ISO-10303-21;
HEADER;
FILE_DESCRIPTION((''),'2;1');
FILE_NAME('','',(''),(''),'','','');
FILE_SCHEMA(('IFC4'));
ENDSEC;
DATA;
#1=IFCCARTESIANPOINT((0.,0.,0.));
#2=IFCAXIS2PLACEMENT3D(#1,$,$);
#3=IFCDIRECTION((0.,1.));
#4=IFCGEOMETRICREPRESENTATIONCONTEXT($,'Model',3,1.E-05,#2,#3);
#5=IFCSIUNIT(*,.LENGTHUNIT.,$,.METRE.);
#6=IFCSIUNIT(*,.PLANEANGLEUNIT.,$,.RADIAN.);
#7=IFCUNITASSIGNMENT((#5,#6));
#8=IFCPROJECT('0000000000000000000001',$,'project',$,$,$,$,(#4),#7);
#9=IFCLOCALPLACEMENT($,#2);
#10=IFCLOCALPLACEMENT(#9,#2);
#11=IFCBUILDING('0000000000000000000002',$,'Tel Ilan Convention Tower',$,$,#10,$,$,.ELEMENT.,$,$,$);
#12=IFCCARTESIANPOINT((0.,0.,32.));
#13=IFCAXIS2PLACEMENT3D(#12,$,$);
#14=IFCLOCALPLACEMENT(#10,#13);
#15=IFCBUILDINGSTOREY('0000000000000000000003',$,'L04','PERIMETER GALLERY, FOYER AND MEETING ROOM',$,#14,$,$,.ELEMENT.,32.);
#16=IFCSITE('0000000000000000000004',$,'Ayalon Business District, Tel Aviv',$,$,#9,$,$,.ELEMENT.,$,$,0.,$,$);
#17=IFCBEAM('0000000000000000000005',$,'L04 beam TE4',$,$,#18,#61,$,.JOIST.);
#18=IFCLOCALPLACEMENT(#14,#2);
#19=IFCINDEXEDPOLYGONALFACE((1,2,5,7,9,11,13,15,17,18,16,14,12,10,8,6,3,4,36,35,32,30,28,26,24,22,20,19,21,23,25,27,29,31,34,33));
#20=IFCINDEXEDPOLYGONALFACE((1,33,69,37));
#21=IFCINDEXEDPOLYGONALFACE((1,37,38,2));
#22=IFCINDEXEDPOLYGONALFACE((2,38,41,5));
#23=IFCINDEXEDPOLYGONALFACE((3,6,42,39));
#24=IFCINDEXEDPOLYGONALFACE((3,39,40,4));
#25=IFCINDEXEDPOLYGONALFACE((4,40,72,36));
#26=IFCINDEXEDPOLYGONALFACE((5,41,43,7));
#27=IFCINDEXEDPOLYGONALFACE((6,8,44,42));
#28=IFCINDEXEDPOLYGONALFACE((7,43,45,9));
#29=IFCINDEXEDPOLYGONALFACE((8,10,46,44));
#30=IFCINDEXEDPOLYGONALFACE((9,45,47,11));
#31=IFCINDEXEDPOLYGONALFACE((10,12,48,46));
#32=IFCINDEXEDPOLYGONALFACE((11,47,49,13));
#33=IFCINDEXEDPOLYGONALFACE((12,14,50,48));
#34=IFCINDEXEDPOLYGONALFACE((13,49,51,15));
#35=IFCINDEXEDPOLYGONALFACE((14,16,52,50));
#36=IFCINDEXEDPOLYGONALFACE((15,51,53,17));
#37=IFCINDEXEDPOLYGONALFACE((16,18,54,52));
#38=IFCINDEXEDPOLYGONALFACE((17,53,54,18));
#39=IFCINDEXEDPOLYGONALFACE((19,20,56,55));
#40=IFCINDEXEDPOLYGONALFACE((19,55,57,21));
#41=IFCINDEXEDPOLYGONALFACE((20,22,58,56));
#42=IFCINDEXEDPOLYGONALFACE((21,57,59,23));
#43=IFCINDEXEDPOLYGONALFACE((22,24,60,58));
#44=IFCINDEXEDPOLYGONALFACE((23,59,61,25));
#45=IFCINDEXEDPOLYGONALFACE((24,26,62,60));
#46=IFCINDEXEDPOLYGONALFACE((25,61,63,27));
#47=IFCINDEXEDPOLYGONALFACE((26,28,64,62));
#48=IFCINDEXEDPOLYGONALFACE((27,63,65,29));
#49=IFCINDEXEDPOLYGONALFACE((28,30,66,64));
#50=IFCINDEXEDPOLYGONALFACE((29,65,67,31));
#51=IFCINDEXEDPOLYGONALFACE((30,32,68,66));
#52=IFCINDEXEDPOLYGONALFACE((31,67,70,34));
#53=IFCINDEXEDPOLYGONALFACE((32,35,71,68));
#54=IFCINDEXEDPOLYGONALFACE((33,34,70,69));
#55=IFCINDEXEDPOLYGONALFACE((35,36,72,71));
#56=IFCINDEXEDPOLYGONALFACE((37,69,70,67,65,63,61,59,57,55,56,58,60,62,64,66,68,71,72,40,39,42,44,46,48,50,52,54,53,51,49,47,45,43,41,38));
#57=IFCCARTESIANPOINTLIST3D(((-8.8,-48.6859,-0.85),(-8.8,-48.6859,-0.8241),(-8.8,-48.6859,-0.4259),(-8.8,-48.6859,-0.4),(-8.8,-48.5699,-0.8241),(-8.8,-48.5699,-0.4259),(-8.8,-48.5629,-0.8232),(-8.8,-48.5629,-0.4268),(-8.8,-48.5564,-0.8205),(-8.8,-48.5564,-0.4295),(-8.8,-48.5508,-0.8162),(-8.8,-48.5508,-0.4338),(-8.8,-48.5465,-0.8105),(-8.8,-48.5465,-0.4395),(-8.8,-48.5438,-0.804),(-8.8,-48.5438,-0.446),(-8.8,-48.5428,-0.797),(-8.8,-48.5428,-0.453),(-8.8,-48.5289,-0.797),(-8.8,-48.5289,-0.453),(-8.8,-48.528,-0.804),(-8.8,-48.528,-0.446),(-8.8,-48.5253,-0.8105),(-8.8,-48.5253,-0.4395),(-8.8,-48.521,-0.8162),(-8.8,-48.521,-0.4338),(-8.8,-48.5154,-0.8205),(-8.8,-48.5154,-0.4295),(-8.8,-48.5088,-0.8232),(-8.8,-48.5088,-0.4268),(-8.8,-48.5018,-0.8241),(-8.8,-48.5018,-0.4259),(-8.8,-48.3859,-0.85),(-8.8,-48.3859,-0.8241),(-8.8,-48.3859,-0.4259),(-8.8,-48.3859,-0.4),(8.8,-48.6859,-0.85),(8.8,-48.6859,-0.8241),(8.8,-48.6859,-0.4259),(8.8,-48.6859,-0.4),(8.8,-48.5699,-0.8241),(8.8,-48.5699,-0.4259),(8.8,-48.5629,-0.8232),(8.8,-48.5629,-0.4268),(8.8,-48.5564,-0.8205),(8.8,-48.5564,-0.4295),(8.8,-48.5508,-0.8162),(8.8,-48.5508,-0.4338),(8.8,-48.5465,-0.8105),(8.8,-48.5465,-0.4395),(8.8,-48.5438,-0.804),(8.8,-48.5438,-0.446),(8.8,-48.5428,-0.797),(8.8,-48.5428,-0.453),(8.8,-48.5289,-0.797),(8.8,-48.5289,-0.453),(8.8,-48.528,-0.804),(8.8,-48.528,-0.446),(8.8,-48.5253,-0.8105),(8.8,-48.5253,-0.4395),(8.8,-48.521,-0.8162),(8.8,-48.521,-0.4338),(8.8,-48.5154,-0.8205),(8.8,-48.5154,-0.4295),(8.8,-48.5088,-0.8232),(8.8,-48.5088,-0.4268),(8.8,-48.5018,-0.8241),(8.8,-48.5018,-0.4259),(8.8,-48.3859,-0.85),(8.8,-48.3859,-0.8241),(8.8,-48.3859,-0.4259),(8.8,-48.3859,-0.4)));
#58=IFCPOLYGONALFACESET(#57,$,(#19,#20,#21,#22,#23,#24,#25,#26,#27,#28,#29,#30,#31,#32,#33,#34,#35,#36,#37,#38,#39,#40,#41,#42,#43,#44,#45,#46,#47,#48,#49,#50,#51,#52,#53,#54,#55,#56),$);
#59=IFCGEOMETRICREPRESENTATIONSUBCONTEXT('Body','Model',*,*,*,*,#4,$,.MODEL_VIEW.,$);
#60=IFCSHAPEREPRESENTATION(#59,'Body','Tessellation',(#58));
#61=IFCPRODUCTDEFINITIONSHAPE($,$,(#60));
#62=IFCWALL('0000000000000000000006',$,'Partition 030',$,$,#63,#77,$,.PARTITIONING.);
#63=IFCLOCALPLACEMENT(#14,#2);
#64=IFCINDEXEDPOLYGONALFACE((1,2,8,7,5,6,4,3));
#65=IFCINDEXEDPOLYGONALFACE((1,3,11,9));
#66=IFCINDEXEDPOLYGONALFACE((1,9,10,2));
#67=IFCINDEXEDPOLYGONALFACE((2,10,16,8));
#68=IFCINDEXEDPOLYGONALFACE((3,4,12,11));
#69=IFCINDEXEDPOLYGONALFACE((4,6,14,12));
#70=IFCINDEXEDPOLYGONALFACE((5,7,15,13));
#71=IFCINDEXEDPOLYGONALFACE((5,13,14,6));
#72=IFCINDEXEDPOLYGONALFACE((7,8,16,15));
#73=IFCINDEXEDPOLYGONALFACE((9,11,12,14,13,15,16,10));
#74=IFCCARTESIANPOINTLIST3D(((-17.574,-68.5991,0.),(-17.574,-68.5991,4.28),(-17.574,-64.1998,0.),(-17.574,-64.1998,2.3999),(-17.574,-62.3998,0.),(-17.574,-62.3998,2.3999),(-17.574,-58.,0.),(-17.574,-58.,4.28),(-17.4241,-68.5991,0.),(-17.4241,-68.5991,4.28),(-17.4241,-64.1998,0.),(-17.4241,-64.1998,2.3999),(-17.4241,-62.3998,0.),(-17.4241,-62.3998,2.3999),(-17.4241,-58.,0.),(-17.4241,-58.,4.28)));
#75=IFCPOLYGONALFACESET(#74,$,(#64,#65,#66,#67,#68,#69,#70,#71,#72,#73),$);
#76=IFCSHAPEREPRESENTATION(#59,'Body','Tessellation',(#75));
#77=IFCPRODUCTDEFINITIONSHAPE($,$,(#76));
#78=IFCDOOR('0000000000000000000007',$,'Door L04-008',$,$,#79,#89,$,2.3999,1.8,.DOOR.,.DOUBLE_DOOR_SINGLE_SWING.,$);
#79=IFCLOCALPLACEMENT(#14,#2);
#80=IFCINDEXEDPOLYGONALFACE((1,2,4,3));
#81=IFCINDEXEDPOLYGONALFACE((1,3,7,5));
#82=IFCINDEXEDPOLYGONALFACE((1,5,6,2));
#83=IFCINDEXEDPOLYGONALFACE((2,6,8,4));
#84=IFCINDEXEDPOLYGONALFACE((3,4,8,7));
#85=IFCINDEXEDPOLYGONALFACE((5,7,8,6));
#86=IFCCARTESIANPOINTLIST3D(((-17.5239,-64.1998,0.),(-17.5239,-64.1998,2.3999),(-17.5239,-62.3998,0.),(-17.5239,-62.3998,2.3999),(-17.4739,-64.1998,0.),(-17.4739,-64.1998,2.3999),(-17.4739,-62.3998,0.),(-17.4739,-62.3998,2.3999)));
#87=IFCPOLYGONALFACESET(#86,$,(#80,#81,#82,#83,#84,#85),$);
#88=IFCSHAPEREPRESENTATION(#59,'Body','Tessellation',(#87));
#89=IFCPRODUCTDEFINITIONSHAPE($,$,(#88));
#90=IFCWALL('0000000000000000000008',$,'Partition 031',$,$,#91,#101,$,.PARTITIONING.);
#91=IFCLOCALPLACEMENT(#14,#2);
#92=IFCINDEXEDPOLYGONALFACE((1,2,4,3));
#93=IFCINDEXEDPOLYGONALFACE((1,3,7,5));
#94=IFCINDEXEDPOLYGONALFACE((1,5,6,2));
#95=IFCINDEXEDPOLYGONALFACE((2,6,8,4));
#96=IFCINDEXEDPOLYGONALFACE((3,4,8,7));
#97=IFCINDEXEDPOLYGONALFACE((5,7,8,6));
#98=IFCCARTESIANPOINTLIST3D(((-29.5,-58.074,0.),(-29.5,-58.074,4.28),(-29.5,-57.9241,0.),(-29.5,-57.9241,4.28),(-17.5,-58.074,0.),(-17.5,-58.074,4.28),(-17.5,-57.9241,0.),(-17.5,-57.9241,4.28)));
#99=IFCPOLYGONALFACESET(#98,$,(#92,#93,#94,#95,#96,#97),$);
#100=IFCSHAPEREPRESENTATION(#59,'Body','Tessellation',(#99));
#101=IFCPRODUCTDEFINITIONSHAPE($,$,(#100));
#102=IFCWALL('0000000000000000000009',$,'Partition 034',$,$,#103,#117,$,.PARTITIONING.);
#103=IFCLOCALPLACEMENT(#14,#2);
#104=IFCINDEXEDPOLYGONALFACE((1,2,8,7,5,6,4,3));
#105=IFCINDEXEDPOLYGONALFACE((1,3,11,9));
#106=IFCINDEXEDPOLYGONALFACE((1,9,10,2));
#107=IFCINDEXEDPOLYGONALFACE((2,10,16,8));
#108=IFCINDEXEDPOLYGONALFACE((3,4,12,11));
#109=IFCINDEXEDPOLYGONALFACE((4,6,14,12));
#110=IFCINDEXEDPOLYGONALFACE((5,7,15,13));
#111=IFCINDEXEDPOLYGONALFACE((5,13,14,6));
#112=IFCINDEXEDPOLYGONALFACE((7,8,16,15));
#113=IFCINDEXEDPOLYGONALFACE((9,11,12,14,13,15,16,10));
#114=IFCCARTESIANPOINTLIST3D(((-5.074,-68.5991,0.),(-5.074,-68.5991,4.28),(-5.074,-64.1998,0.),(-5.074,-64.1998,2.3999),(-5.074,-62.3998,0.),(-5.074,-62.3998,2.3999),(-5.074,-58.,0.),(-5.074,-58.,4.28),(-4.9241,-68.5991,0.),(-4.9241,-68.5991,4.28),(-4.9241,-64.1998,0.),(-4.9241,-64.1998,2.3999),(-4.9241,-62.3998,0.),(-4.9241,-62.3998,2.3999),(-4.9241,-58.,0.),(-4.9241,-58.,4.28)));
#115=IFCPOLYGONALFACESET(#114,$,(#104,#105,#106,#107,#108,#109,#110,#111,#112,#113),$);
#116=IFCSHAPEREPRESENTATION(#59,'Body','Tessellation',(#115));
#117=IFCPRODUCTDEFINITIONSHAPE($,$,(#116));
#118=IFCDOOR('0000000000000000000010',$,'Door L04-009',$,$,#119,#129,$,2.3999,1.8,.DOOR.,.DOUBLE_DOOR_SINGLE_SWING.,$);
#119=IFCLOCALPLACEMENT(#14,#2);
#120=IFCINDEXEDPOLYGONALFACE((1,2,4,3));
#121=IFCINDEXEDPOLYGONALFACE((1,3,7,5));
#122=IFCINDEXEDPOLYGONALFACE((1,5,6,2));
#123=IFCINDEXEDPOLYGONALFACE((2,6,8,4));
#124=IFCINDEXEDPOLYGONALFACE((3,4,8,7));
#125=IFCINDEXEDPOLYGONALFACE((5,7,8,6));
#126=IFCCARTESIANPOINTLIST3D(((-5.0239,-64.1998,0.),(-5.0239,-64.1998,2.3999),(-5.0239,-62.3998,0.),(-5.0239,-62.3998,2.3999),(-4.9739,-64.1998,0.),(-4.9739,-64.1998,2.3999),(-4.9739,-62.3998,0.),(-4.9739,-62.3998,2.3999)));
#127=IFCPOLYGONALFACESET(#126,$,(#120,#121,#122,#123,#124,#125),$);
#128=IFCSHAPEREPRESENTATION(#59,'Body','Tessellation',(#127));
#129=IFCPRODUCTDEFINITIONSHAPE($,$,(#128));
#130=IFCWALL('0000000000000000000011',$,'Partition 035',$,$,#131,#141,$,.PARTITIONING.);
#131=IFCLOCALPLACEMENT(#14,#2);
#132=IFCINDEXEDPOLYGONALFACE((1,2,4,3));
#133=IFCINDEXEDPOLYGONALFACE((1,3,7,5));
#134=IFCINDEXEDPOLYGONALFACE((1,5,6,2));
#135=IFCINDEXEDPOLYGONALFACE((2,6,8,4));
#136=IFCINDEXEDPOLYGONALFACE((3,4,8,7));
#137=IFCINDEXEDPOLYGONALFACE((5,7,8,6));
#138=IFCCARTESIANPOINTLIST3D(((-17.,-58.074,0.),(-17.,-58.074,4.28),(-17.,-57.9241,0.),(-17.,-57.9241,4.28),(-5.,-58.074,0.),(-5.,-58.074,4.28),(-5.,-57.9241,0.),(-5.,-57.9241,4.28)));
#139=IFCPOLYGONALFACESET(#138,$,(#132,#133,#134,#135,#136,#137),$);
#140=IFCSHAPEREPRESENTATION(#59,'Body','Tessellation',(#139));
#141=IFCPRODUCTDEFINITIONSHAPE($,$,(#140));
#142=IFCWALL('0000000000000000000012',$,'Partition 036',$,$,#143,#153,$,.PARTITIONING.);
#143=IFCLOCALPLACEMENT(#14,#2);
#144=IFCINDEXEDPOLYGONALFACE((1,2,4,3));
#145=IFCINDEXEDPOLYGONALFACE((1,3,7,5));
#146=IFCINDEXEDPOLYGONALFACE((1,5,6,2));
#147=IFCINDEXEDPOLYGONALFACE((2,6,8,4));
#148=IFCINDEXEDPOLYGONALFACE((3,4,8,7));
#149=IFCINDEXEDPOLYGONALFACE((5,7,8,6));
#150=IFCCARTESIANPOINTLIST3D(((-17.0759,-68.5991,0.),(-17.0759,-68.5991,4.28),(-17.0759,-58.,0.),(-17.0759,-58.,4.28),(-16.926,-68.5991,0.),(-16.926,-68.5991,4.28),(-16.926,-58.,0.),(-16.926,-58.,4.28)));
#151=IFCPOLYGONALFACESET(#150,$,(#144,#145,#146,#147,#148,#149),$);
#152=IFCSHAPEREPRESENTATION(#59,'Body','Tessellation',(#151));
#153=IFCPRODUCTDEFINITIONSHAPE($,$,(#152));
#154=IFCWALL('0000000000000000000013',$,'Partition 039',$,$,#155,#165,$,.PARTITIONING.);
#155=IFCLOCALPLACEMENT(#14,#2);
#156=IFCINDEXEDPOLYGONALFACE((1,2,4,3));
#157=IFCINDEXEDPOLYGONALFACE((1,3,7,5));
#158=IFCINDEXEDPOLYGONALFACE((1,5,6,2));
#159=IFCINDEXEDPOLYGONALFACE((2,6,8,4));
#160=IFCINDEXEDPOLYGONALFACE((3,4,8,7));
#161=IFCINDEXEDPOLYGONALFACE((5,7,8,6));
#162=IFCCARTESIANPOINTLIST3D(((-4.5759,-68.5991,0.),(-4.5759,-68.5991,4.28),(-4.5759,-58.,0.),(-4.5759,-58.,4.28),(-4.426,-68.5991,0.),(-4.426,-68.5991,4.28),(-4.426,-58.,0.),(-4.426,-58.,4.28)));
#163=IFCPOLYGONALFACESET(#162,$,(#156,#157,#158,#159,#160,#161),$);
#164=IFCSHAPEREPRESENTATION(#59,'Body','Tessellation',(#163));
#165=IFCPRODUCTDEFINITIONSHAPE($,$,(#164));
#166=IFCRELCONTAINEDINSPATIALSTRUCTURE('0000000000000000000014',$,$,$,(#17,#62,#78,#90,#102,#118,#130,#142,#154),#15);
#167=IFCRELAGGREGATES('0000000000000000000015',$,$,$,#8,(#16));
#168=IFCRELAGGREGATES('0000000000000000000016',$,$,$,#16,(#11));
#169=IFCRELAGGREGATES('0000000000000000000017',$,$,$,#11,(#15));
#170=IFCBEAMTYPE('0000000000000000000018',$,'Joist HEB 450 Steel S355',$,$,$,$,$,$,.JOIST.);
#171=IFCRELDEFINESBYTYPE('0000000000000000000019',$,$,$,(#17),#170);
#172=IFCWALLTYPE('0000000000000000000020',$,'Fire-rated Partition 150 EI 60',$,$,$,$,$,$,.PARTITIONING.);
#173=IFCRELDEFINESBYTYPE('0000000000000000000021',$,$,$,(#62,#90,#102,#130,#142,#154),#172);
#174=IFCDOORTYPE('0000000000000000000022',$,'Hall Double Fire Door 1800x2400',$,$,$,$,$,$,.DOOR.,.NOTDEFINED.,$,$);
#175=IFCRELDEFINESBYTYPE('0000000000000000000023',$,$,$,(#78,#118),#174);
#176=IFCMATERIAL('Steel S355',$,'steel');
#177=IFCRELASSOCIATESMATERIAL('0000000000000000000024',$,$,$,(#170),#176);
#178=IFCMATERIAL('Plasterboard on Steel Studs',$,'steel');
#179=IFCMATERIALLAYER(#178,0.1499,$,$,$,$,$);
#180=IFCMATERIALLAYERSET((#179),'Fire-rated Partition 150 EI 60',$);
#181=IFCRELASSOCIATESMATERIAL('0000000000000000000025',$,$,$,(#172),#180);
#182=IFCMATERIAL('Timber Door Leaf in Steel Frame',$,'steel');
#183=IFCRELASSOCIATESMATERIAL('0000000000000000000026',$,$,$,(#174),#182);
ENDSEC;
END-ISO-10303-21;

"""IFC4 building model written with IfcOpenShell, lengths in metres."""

from ifc_helpers import new_model, si_unit, direction, frame, frame_2d, origin, origin_2d, place, context, subcontext, project, spatial, rectangle, i_section, extrude, material, layer, layer_set, material_profile, profile_set, type_object, element, fill, save


model = new_model("IFC4")

# Units and contexts
model_context = context("Model", 3, precision=1e-05, world=origin(), true_north=direction((0.0, 1.0)))
body_context = subcontext(model_context, "Body", "Model", "MODEL_VIEW")
ifc_project = project(units=[si_unit("LENGTHUNIT", "METRE"), si_unit("PLANEANGLEUNIT", "RADIAN")], contexts=[model_context])

# Site, building, storey
site_placement = place(None, origin())
site = spatial("IfcSite", under=ifc_project, at=site_placement, Name="Ayalon Business District, Tel Aviv", CompositionType="ELEMENT", RefElevation=0.0)
building_placement = place(site_placement, origin())
building = spatial("IfcBuilding", under=site, at=building_placement, Name="Tel Ilan Convention Tower", CompositionType="ELEMENT")
storey_placement = place(building_placement, frame((0.0, 0.0, 32.0)))
storey = spatial("IfcBuildingStorey", under=building, at=storey_placement, Name="L04", Description="PERIMETER GALLERY, FOYER AND MEETING ROOM", CompositionType="ELEMENT", Elevation=32.0)

# Beam
ifc_material_1 = material(Name="Steel S355", Category="steel")
ifc_material_profile_1 = material_profile(ifc_material_1, i_section(OverallWidth=0.3, OverallDepth=0.45, WebThickness=0.0139, FlangeThickness=0.0259, FilletRadius=0.0271, at=origin_2d()), Name="HEB 450")
ifc_profile_set_1 = profile_set([ifc_material_profile_1], Name="Steel S355")
beam_type_1 = type_object("IfcBeamType", Name="Joist HEB 450 Steel S355", PredefinedType="JOIST", material=ifc_profile_set_1)
beam_1_placement = place(storey_placement, frame((-8.8, -48.5359, -0.625), z_axis=(1.0, 0.0, 0.0), x_axis=(0.0, 1.0, 0.0)))
element("IfcBeam", 1, at=beam_1_placement, inside=storey, type_object=beam_type_1, Name="L04 beam TE4", PredefinedType="JOIST", context=body_context, shape_type="SweptSolid", body=[
    extrude(i_section(OverallWidth=0.3, OverallDepth=0.45, WebThickness=0.0139, FlangeThickness=0.0259, FilletRadius=0.0271, at=origin_2d()), origin(), (0.0, 0.0, 1.0), 17.6001),
])

# Wall, opening, door
ifc_material_2 = material(Name="Plasterboard on Steel Studs", Category="steel")
ifc_layer = layer(ifc_material_2, 0.1499)
ifc_layer_set = layer_set([ifc_layer], Name="Fire-rated Partition 150 EI 60")
wall_type = type_object("IfcWallType", Name="Fire-rated Partition 150 EI 60", PredefinedType="PARTITIONING", material=ifc_layer_set)
wall_1_placement = place(storey_placement, frame((-17.499, -68.5991, 0.0), z_axis=(0.0, 0.0, 1.0), x_axis=(0.0, 1.0, 0.0)))
wall_1 = element("IfcWall", 2, at=wall_1_placement, inside=storey, type_object=wall_type, Name="Partition 030", PredefinedType="PARTITIONING", context=body_context, shape_type="SweptSolid", body=[
    extrude(rectangle(XDim=10.5991, YDim=0.1499, at=frame_2d((5.2996, 0.0))), origin(), (0.0, 0.0, 1.0), 4.28),
])
opening_1_placement = place(wall_1_placement, frame((4.3994, 0.0, 0.0)))
opening_1 = element("IfcOpeningElement", 3, at=opening_1_placement, cuts=wall_1, PredefinedType="OPENING", context=body_context, shape_type="SweptSolid", body=[
    extrude(rectangle(XDim=1.8, YDim=2.3999, at=frame_2d((0.8999, 1.2))), frame((0.0, 0.085, 0.0), z_axis=(0.0, -1.0, 0.0), x_axis=(1.0, 0.0, 0.0)), (0.0, 0.0, 1.0), 0.1699),
])
ifc_material_3 = material(Name="Timber Door Leaf in Steel Frame", Category="steel")
door_type_1 = type_object("IfcDoorType", Name="Hall Double Fire Door 1800x2400", OperationType="NOTDEFINED", PredefinedType="DOOR", material=ifc_material_3)
door_1_placement = place(opening_1_placement, origin())
door_1 = element("IfcDoor", 4, at=door_1_placement, inside=storey, type_object=door_type_1, Name="Door L04-008", OperationType="DOUBLE_DOOR_SINGLE_SWING", OverallHeight=2.3999, OverallWidth=1.8, PredefinedType="DOOR", context=body_context, shape_type="SweptSolid", body=[
    extrude(rectangle(XDim=1.8, YDim=2.3999, at=frame_2d((0.8999, 1.2))), frame((0.0, 0.0249, 0.0), z_axis=(0.0, -1.0, 0.0), x_axis=(1.0, 0.0, 0.0)), (0.0, 0.0, 1.0), 0.05),
])
fill(opening_1, door_1)

# Wall
wall_2_placement = place(storey_placement, frame((-17.5, -57.999, 0.0), z_axis=(0.0, 0.0, 1.0), x_axis=(-1.0, 0.0, 0.0)))
element("IfcWall", 5, at=wall_2_placement, inside=storey, type_object=wall_type, Name="Partition 031", PredefinedType="PARTITIONING", context=body_context, shape_type="SweptSolid", body=[
    extrude(rectangle(XDim=12.0, YDim=0.1499, at=frame_2d((6.0, 0.0))), origin(), (0.0, 0.0, 1.0), 4.28),
])

# Wall, opening, door
wall_3_placement = place(storey_placement, frame((-4.999, -68.5991, 0.0), z_axis=(0.0, 0.0, 1.0), x_axis=(0.0, 1.0, 0.0)))
wall_3 = element("IfcWall", 6, at=wall_3_placement, inside=storey, type_object=wall_type, Name="Partition 034", PredefinedType="PARTITIONING", context=body_context, shape_type="SweptSolid", body=[
    extrude(rectangle(XDim=10.5991, YDim=0.1499, at=frame_2d((5.2996, 0.0))), origin(), (0.0, 0.0, 1.0), 4.28),
])
opening_2_placement = place(wall_3_placement, frame((4.3994, 0.0, 0.0)))
opening_2 = element("IfcOpeningElement", 7, at=opening_2_placement, cuts=wall_3, PredefinedType="OPENING", context=body_context, shape_type="SweptSolid", body=[
    extrude(rectangle(XDim=1.8, YDim=2.3999, at=frame_2d((0.8999, 1.2))), frame((0.0, 0.085, 0.0), z_axis=(0.0, -1.0, 0.0), x_axis=(1.0, 0.0, 0.0)), (0.0, 0.0, 1.0), 0.1699),
])
door_2_placement = place(opening_2_placement, origin())
door_2 = element("IfcDoor", 8, at=door_2_placement, inside=storey, type_object=door_type_1, Name="Door L04-009", OperationType="DOUBLE_DOOR_SINGLE_SWING", OverallHeight=2.3999, OverallWidth=1.8, PredefinedType="DOOR", context=body_context, shape_type="SweptSolid", body=[
    extrude(rectangle(XDim=1.8, YDim=2.3999, at=frame_2d((0.8999, 1.2))), frame((0.0, 0.0249, 0.0), z_axis=(0.0, -1.0, 0.0), x_axis=(1.0, 0.0, 0.0)), (0.0, 0.0, 1.0), 0.05),
])
fill(opening_2, door_2)

# Walls
wall_4_placement = place(storey_placement, frame((-5.0, -57.999, 0.0), z_axis=(0.0, 0.0, 1.0), x_axis=(-1.0, 0.0, 0.0)))
element("IfcWall", 9, at=wall_4_placement, inside=storey, type_object=wall_type, Name="Partition 035", PredefinedType="PARTITIONING", context=body_context, shape_type="SweptSolid", body=[
    extrude(rectangle(XDim=12.0, YDim=0.1499, at=frame_2d((6.0, 0.0))), origin(), (0.0, 0.0, 1.0), 4.28),
])
for number, where, z_axis, x_axis, name in (
    (10, (-17.001, -58.0, 0.0), (0.0, 0.0, 1.0), (0.0, -1.0, 0.0), "Partition 036"),
    (11, (-4.501, -58.0, 0.0), (0.0, 0.0, 1.0), (0.0, -1.0, 0.0), "Partition 039"),
):
    element("IfcWall", number, at=place(storey_placement, frame(where, z_axis=z_axis, x_axis=x_axis)), inside=storey, type_object=wall_type, Name=name, PredefinedType="PARTITIONING", context=body_context, shape_type="SweptSolid", body=[
        extrude(rectangle(XDim=10.5991, YDim=0.1499, at=frame_2d((5.2996, 0.0))), origin(), (0.0, 0.0, 1.0), 4.28),
    ])

save(model, "model.ifc")
